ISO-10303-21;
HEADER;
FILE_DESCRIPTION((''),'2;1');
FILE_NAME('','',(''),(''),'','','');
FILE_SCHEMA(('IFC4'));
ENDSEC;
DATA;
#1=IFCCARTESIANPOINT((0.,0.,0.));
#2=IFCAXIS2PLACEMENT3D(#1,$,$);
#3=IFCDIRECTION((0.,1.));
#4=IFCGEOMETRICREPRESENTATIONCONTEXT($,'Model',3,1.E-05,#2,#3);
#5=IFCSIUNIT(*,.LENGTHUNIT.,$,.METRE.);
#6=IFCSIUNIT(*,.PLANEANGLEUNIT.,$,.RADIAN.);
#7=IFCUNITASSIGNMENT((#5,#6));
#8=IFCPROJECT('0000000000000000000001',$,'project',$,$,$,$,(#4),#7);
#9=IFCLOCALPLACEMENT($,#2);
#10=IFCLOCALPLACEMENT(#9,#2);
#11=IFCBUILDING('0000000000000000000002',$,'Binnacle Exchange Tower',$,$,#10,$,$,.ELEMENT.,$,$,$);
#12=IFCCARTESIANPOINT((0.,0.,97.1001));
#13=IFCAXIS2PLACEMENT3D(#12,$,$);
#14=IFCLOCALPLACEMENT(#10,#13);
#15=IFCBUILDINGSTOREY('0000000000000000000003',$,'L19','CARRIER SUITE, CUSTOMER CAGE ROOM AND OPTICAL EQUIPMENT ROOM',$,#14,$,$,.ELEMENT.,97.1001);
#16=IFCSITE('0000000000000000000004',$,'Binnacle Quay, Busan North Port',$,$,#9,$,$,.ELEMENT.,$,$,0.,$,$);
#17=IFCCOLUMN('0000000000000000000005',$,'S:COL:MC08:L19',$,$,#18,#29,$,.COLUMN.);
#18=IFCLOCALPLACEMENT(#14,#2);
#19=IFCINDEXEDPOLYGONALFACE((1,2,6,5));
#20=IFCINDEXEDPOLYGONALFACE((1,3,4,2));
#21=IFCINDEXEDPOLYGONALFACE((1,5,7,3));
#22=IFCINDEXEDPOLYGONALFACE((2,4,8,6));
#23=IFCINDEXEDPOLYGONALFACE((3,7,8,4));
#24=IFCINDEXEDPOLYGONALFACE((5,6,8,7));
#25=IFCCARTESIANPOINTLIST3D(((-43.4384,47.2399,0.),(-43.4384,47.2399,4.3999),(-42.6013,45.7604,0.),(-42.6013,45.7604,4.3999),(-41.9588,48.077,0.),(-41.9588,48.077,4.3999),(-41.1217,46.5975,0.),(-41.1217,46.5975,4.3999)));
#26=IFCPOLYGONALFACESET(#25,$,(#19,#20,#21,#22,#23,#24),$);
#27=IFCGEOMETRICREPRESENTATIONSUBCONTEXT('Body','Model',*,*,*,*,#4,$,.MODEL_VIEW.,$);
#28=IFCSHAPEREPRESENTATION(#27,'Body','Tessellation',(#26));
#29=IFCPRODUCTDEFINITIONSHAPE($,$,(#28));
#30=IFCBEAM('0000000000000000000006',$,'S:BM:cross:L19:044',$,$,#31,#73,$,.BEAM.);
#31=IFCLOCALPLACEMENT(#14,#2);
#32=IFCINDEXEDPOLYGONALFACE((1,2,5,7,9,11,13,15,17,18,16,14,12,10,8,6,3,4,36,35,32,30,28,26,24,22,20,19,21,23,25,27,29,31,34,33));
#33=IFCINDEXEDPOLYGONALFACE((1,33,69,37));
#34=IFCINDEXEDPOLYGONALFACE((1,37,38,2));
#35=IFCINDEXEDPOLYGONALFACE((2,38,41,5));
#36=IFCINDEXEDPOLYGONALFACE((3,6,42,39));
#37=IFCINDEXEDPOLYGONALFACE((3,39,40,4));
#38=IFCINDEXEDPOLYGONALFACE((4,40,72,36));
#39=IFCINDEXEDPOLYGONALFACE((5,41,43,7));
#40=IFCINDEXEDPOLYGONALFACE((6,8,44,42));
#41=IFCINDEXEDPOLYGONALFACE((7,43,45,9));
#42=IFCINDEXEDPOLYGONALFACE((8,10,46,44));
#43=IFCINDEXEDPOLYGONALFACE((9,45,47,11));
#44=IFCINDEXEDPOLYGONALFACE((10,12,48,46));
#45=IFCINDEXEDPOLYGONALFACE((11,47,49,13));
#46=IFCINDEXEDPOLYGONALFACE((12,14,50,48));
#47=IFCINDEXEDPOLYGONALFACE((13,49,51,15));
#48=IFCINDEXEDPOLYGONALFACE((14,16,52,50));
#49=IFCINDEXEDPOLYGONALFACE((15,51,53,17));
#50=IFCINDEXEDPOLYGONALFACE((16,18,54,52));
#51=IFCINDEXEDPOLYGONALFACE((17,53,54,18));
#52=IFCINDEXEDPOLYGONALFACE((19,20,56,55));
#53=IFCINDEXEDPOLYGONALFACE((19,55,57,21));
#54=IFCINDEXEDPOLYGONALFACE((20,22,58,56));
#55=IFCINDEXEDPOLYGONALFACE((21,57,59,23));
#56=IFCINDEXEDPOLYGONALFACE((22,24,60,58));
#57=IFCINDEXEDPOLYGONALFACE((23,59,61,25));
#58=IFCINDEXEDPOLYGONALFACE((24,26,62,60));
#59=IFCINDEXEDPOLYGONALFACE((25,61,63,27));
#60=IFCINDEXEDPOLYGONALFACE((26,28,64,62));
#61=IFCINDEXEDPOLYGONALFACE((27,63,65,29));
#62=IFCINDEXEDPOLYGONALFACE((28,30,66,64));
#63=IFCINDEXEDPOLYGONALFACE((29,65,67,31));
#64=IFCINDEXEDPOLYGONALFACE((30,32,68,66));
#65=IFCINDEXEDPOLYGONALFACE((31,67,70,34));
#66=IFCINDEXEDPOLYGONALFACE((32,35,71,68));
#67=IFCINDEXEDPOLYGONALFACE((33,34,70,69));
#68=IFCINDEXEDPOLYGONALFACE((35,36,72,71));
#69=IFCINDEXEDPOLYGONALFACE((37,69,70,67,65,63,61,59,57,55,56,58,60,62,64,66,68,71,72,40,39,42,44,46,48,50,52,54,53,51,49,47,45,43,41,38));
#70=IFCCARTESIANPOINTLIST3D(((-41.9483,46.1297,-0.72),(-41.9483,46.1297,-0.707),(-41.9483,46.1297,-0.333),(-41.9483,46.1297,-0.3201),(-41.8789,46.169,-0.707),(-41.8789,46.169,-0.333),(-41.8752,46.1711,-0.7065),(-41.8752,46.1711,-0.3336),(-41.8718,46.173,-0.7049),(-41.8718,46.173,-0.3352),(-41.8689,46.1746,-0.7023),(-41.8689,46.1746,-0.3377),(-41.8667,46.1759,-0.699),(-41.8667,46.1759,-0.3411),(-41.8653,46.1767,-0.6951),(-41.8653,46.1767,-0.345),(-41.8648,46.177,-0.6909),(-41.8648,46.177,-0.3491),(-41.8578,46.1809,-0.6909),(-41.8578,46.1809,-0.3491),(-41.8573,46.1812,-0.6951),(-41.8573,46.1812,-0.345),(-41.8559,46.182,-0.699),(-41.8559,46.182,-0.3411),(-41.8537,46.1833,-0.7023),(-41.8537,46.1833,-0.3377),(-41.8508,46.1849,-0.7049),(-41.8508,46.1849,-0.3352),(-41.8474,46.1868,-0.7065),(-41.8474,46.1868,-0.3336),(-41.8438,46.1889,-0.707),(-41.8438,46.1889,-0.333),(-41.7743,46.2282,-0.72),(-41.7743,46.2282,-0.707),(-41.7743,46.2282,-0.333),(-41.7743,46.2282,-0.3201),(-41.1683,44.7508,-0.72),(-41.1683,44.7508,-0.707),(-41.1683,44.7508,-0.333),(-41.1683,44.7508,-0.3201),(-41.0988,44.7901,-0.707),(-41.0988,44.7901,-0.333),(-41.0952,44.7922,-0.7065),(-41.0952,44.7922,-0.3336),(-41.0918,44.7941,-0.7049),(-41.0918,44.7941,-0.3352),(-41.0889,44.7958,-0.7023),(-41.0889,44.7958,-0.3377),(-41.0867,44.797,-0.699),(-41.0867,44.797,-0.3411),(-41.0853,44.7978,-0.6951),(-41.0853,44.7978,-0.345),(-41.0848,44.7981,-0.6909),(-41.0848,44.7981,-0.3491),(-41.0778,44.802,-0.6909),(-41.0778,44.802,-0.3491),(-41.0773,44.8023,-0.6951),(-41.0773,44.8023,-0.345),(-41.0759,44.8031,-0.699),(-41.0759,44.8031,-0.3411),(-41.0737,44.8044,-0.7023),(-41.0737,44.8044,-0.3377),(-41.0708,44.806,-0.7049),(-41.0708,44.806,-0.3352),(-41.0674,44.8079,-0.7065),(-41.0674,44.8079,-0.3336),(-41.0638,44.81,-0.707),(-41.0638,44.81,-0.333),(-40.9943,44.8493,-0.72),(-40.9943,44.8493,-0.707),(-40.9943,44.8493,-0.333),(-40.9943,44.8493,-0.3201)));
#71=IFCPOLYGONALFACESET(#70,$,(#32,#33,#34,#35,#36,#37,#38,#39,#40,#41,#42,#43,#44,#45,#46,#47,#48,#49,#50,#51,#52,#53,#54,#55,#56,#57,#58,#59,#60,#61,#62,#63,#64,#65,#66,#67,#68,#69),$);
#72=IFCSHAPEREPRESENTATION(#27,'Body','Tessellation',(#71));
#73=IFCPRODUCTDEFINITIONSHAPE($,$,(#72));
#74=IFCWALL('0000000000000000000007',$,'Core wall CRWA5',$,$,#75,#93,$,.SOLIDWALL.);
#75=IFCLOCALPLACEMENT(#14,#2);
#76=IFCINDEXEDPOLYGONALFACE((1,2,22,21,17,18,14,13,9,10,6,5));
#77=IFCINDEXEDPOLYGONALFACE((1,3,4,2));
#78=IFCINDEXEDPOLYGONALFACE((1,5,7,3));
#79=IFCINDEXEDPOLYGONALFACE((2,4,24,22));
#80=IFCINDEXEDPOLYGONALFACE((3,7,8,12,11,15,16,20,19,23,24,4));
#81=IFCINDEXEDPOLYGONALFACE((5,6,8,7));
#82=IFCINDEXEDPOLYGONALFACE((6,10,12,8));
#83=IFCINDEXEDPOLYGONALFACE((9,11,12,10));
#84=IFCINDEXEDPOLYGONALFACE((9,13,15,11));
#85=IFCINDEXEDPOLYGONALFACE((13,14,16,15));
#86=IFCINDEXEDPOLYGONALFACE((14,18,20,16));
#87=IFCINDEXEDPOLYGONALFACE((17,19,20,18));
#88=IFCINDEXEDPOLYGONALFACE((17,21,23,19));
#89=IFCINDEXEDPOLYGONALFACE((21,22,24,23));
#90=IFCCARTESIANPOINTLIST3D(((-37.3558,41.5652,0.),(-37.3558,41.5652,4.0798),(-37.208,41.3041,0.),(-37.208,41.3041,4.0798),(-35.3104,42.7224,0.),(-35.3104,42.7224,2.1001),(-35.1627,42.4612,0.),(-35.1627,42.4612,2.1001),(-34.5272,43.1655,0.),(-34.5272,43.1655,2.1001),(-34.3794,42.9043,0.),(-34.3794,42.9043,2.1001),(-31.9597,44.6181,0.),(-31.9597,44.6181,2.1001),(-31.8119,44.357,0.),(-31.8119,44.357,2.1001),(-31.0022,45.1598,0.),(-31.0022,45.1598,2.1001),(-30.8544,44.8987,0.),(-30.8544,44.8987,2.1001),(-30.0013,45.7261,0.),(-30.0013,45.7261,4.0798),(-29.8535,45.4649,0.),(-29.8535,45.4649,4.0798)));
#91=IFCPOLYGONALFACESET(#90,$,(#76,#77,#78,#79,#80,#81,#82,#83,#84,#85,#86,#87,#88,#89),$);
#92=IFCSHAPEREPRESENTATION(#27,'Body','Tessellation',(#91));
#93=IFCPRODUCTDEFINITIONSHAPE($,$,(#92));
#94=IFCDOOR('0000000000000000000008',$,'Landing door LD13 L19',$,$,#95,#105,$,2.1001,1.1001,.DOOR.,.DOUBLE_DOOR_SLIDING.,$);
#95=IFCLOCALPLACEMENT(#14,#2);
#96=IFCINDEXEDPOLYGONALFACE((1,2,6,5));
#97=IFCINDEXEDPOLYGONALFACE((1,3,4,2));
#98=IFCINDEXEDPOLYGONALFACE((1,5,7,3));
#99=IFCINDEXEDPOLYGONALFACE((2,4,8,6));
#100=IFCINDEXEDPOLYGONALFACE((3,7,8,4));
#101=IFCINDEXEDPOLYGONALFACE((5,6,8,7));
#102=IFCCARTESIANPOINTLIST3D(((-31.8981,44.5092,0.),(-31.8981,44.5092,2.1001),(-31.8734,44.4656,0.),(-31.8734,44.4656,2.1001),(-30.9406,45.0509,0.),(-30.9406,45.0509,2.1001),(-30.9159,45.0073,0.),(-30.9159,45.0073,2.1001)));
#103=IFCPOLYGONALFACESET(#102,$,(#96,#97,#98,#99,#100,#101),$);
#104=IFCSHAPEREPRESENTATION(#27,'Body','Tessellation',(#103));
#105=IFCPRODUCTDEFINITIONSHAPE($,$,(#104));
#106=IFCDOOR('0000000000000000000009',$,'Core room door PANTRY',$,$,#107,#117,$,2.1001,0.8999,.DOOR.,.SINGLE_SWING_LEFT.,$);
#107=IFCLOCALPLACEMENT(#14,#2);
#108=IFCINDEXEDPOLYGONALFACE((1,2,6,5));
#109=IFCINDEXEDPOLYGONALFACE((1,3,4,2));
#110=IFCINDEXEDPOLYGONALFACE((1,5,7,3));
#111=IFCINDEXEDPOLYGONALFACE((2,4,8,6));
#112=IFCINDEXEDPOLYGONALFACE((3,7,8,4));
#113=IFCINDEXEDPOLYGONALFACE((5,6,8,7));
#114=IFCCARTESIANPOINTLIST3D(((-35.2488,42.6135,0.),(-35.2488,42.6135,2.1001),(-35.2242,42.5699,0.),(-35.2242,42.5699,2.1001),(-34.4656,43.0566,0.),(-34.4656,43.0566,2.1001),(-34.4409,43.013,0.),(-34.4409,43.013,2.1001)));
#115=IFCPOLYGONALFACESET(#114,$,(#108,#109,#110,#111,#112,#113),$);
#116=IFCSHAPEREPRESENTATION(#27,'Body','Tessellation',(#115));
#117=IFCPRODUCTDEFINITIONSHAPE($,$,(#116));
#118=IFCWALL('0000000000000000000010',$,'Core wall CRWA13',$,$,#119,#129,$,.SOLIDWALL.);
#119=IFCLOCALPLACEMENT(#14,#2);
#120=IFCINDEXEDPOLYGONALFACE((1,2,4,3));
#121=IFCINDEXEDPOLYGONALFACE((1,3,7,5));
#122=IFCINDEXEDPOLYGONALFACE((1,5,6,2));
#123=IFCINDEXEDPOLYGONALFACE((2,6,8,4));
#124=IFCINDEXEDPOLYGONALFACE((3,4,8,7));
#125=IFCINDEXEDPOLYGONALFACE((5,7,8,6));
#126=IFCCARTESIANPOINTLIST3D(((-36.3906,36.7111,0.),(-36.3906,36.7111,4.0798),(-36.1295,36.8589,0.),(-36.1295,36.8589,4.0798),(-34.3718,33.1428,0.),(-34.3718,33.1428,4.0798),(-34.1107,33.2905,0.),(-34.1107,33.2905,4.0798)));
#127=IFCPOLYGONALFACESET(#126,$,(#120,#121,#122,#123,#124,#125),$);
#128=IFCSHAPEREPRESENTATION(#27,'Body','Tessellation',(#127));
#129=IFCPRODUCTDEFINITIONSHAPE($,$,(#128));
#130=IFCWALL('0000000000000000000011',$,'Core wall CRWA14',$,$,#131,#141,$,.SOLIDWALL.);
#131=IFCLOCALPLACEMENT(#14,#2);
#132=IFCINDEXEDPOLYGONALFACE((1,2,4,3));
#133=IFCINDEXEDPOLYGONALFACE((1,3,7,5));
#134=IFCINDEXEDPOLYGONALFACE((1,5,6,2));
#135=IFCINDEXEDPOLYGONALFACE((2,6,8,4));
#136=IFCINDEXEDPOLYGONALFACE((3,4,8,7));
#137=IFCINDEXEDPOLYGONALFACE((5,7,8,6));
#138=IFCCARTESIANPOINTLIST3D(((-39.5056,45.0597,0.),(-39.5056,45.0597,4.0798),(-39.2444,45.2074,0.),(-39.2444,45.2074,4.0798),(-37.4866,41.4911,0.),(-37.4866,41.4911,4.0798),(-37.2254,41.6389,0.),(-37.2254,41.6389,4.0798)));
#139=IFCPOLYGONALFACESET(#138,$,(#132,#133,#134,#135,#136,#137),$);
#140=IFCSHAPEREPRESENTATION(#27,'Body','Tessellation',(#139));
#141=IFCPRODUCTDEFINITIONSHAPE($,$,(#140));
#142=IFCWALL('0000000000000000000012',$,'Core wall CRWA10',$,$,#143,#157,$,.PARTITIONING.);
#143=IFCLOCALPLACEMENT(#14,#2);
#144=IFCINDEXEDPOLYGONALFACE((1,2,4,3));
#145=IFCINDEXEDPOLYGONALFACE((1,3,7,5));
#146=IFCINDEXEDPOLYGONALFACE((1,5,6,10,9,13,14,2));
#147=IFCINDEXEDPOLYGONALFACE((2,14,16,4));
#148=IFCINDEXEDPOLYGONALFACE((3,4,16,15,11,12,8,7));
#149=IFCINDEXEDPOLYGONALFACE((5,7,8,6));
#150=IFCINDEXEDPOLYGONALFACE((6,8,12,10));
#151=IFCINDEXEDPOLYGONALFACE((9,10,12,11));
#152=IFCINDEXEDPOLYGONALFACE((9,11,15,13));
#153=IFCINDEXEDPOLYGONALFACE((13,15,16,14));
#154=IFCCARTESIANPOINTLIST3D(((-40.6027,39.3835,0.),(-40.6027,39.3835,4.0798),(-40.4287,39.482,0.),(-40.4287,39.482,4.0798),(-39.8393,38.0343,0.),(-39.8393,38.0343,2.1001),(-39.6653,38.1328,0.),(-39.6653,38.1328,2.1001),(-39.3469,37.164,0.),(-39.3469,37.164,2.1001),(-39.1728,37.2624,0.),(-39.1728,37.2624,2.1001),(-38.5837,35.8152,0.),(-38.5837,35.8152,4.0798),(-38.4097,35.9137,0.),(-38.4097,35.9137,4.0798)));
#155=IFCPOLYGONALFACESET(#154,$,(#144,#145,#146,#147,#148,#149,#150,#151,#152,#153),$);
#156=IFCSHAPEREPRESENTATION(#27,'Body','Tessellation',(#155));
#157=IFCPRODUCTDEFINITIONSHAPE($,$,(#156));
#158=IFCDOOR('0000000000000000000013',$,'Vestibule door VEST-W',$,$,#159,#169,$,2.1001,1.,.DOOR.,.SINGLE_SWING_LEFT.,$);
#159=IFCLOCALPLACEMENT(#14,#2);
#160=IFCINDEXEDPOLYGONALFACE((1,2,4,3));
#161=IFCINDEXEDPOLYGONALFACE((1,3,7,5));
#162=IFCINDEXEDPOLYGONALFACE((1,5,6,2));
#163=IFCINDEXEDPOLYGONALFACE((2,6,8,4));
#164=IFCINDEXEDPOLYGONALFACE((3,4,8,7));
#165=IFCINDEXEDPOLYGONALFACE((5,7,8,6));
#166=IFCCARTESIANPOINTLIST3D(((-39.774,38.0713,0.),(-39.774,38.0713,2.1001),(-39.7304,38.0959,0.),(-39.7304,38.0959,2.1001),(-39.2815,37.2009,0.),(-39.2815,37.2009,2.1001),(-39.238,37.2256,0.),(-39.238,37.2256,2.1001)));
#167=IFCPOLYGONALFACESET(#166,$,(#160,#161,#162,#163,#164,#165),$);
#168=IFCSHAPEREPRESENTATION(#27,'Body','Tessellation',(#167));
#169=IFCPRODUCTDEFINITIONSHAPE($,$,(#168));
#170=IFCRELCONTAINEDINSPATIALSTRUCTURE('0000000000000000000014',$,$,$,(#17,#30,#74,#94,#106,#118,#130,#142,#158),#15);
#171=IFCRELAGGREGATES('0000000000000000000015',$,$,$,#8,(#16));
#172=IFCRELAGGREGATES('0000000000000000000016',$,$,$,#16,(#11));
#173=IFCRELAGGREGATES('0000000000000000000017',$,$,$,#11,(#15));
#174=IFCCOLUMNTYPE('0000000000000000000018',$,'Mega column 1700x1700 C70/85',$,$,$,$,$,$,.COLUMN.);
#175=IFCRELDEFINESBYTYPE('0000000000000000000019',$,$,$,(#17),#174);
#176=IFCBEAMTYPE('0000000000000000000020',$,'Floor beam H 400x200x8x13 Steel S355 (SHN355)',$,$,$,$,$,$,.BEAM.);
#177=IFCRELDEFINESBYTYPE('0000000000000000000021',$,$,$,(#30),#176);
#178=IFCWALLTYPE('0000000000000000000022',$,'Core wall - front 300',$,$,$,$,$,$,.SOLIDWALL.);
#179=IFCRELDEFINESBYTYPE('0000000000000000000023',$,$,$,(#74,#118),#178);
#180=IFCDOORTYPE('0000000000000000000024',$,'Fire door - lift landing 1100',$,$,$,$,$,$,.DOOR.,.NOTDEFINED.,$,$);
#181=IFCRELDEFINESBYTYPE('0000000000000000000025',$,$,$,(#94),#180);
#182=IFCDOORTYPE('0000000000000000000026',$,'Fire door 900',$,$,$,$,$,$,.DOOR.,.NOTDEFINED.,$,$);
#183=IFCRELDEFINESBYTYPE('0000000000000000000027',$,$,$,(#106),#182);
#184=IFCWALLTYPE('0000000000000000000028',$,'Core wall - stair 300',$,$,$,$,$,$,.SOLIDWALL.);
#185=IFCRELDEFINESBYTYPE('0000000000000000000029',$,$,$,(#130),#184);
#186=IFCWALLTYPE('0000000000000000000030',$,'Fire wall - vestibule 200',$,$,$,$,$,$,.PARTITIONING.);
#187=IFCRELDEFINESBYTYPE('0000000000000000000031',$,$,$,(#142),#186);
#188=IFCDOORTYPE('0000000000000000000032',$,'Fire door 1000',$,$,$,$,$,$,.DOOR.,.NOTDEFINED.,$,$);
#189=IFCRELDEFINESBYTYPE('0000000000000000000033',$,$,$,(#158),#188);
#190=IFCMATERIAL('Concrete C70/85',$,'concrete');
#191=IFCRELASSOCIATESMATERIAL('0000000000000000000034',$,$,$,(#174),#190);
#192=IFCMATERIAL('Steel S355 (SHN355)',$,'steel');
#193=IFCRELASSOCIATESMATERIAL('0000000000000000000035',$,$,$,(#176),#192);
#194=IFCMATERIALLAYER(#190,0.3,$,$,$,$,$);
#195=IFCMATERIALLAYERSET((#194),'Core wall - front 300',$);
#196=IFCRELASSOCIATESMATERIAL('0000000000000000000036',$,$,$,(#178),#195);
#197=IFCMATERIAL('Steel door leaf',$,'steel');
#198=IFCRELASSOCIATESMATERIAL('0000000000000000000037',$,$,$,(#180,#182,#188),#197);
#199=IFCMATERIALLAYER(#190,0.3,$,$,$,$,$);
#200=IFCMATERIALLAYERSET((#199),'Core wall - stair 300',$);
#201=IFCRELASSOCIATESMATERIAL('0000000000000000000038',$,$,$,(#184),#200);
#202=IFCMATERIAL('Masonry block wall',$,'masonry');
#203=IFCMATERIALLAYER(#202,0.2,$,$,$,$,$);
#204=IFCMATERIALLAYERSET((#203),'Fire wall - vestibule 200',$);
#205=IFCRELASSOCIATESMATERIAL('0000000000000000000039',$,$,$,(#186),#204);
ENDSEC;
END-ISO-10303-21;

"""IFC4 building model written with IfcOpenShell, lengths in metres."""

from ifc_helpers import new_model, si_unit, direction, frame, frame_2d, origin, origin_2d, place, context, subcontext, project, spatial, rectangle, i_section, extrude, material, layer, layer_set, material_profile, profile_set, type_object, element, fill, save


model = new_model("IFC4")

# Units and contexts
model_context = context("Model", 3, precision=1e-05, world=origin(), true_north=direction((0.0, 1.0)))
body_context = subcontext(model_context, "Body", "Model", "MODEL_VIEW")
ifc_project = project(units=[si_unit("LENGTHUNIT", "METRE"), si_unit("PLANEANGLEUNIT", "RADIAN")], contexts=[model_context])

# Site, building, storey
site_placement = place(None, origin())
site = spatial("IfcSite", under=ifc_project, at=site_placement, Name="Binnacle Quay, Busan North Port", CompositionType="ELEMENT", RefElevation=0.0)
building_placement = place(site_placement, origin())
building = spatial("IfcBuilding", under=site, at=building_placement, Name="Binnacle Exchange Tower", CompositionType="ELEMENT")
storey_placement = place(building_placement, frame((0.0, 0.0, 97.1001)))
storey = spatial("IfcBuildingStorey", under=building, at=storey_placement, Name="L19", Description="CARRIER SUITE, CUSTOMER CAGE ROOM AND OPTICAL EQUIPMENT ROOM", CompositionType="ELEMENT", Elevation=97.1001)

# Column
ifc_material_1 = material(Name="Concrete C70/85", Category="concrete")
ifc_material_profile_1 = material_profile(ifc_material_1, rectangle(XDim=1.7, YDim=1.7, at=origin_2d()), Name="Mega column 1700x1700 C70/85")
ifc_profile_set_1 = profile_set([ifc_material_profile_1], Name="Concrete C70/85")
column_type = type_object("IfcColumnType", Name="Mega column 1700x1700 C70/85", PredefinedType="COLUMN", material=ifc_profile_set_1)
column_placement = place(storey_placement, frame((-42.28, 46.9187, 0.0), z_axis=(0.0, 0.0, 1.0), x_axis=(-0.870356, -0.492424, 0.0)))
element("IfcColumn", 1, at=column_placement, inside=storey, type_object=column_type, Name="S:COL:MC08:L19", PredefinedType="COLUMN", context=body_context, shape_type="SweptSolid", body=[
    extrude(rectangle(XDim=1.7, YDim=1.7, at=origin_2d()), origin(), (0.0, 0.0, 1.0), 4.3999),
])

# Beam
ifc_material_2 = material(Name="Steel S355 (SHN355)", Category="steel")
ifc_material_profile_2 = material_profile(ifc_material_2, i_section(OverallWidth=0.2, OverallDepth=0.3999, WebThickness=0.0081, FlangeThickness=0.0129, FilletRadius=0.0161, at=origin_2d()), Name="H 400x200x8x13")
ifc_profile_set_2 = profile_set([ifc_material_profile_2], Name="Steel S355 (SHN355)")
beam_type = type_object("IfcBeamType", Name="Floor beam H 400x200x8x13 Steel S355 (SHN355)", PredefinedType="BEAM", material=ifc_profile_set_2)
beam_placement = place(storey_placement, frame((-41.8613, 46.179, -0.52), z_axis=(0.492367, -0.870388, 0.0), x_axis=(0.870388, 0.492367, 0.0)))
element("IfcBeam", 2, at=beam_placement, inside=storey, type_object=beam_type, Name="S:BM:cross:L19:044", PredefinedType="BEAM", context=body_context, shape_type="SweptSolid", body=[
    extrude(i_section(OverallWidth=0.2, OverallDepth=0.3999, WebThickness=0.0081, FlangeThickness=0.0129, FilletRadius=0.0161, at=origin_2d()), origin(), (0.0, 0.0, 1.0), 1.5842),
])

# Wall, openings, doors
ifc_layer_1 = layer(ifc_material_1, 0.3)
ifc_layer_set_1 = layer_set([ifc_layer_1], Name="Core wall - front 300")
wall_type_1 = type_object("IfcWallType", Name="Core wall - front 300", PredefinedType="SOLIDWALL", material=ifc_layer_set_1)
wall_1_placement = place(storey_placement, frame((-37.282, 41.4346, 0.0), z_axis=(0.0, 0.0, 1.0), x_axis=(0.87036, 0.492416, 0.0)))
wall_1 = element("IfcWall", 3, at=wall_1_placement, inside=storey, type_object=wall_type_1, Name="Core wall CRWA5", PredefinedType="SOLIDWALL", context=body_context, shape_type="SweptSolid", body=[
    extrude(rectangle(XDim=8.45, YDim=0.3, at=frame_2d((4.2251, 0.0))), origin(), (0.0, 0.0, 1.0), 4.0798),
])
opening_1_placement = place(wall_1_placement, frame((6.2, 0.0, 0.0)))
opening_1 = element("IfcOpeningElement", 4, at=opening_1_placement, cuts=wall_1, PredefinedType="OPENING", context=body_context, shape_type="SweptSolid", body=[
    extrude(rectangle(XDim=1.1001, YDim=2.1001, at=frame_2d((0.55, 1.05))), frame((0.0, 0.1599, 0.0), z_axis=(0.0, -1.0, 0.0), x_axis=(1.0, 0.0, 0.0)), (0.0, 0.0, 1.0), 0.3201),
])
opening_2_placement = place(wall_1_placement, frame((2.3501, 0.0, 0.0)))
opening_2 = element("IfcOpeningElement", 5, at=opening_2_placement, cuts=wall_1, PredefinedType="OPENING", context=body_context, shape_type="SweptSolid", body=[
    extrude(rectangle(XDim=0.8999, YDim=2.1001, at=frame_2d((0.45, 1.05))), frame((0.0, 0.1599, 0.0), z_axis=(0.0, -1.0, 0.0), x_axis=(1.0, 0.0, 0.0)), (0.0, 0.0, 1.0), 0.3201),
])
ifc_material_3 = material(Name="Steel door leaf", Category="steel")
door_type_1 = type_object("IfcDoorType", Name="Fire door - lift landing 1100", OperationType="NOTDEFINED", PredefinedType="DOOR", material=ifc_material_3)
door_1_placement = place(opening_1_placement, origin())
door_1 = element("IfcDoor", 6, at=door_1_placement, inside=storey, type_object=door_type_1, Name="Landing door LD13 L19", OperationType="DOUBLE_DOOR_SLIDING", OverallHeight=2.1001, OverallWidth=1.1001, PredefinedType="DOOR", context=body_context, shape_type="SweptSolid", body=[
    extrude(rectangle(XDim=1.1001, YDim=2.1001, at=frame_2d((0.55, 1.05))), frame((0.0, 0.0249, 0.0), z_axis=(0.0, -1.0, 0.0), x_axis=(1.0, 0.0, 0.0)), (0.0, 0.0, 1.0), 0.05),
])
fill(opening_1, door_1)
door_type_2 = type_object("IfcDoorType", Name="Fire door 900", OperationType="NOTDEFINED", PredefinedType="DOOR", material=ifc_material_3)
door_2_placement = place(opening_2_placement, origin())
door_2 = element("IfcDoor", 7, at=door_2_placement, inside=storey, type_object=door_type_2, Name="Core room door PANTRY", OperationType="SINGLE_SWING_LEFT", OverallHeight=2.1001, OverallWidth=0.8999, PredefinedType="DOOR", context=body_context, shape_type="SweptSolid", body=[
    extrude(rectangle(XDim=0.8999, YDim=2.1001, at=frame_2d((0.45, 1.05))), frame((0.0, 0.0249, 0.0), z_axis=(0.0, -1.0, 0.0), x_axis=(1.0, 0.0, 0.0)), (0.0, 0.0, 1.0), 0.05),
])
fill(opening_2, door_2)

# Walls
wall_2_placement = place(storey_placement, frame((-36.26, 36.7849, 0.0), z_axis=(0.0, 0.0, 1.0), x_axis=(0.492408, -0.870364, 0.0)))
element("IfcWall", 8, at=wall_2_placement, inside=storey, type_object=wall_type_1, Name="Core wall CRWA13", PredefinedType="SOLIDWALL", context=body_context, shape_type="SweptSolid", body=[
    extrude(rectangle(XDim=4.0999, YDim=0.3, at=frame_2d((2.0498, 0.0))), origin(), (0.0, 0.0, 1.0), 4.0798),
])
ifc_layer_2 = layer(ifc_material_1, 0.3)
ifc_layer_set_2 = layer_set([ifc_layer_2], Name="Core wall - stair 300")
wall_type_2 = type_object("IfcWallType", Name="Core wall - stair 300", PredefinedType="SOLIDWALL", material=ifc_layer_set_2)
wall_3_placement = place(storey_placement, frame((-39.375, 45.1335, 0.0), z_axis=(0.0, 0.0, 1.0), x_axis=(0.492428, -0.870353, 0.0)))
element("IfcWall", 9, at=wall_3_placement, inside=storey, type_object=wall_type_2, Name="Core wall CRWA14", PredefinedType="SOLIDWALL", context=body_context, shape_type="SweptSolid", body=[
    extrude(rectangle(XDim=4.1001, YDim=0.3, at=frame_2d((2.05, 0.0))), origin(), (0.0, 0.0, 1.0), 4.0798),
])

# Wall, opening, door
ifc_material_4 = material(Name="Masonry block wall", Category="masonry")
ifc_layer_3 = layer(ifc_material_4, 0.2)
ifc_layer_set_3 = layer_set([ifc_layer_3], Name="Fire wall - vestibule 200")
wall_type_3 = type_object("IfcWallType", Name="Fire wall - vestibule 200", PredefinedType="PARTITIONING", material=ifc_layer_set_3)
wall_4_placement = place(storey_placement, frame((-40.5156, 39.4326, 0.0), z_axis=(0.0, 0.0, 1.0), x_axis=(0.492454, -0.870339, 0.0)))
wall_4 = element("IfcWall", 10, at=wall_4_placement, inside=storey, type_object=wall_type_3, Name="Core wall CRWA10", PredefinedType="PARTITIONING", context=body_context, shape_type="SweptSolid", body=[
    extrude(rectangle(XDim=4.0999, YDim=0.2, at=frame_2d((2.0498, 0.0))), origin(), (0.0, 0.0, 1.0), 4.0798),
])
opening_3_placement = place(wall_4_placement, frame((1.55, 0.0, 0.0)))
opening_3 = element("IfcOpeningElement", 11, at=opening_3_placement, cuts=wall_4, PredefinedType="OPENING", context=body_context, shape_type="SweptSolid", body=[
    extrude(rectangle(XDim=1.0, YDim=2.1001, at=frame_2d((0.5, 1.05))), frame((0.0, 0.1099, 0.0), z_axis=(0.0, -1.0, 0.0), x_axis=(1.0, 0.0, 0.0)), (0.0, 0.0, 1.0), 0.22),
])
door_type_3 = type_object("IfcDoorType", Name="Fire door 1000", OperationType="NOTDEFINED", PredefinedType="DOOR", material=ifc_material_3)
door_3_placement = place(opening_3_placement, frame((1.0, 0.0, 0.0), z_axis=(0.0, 0.0, 1.0), x_axis=(-1.0, 0.0, 0.0)))
door_3 = element("IfcDoor", 12, at=door_3_placement, inside=storey, type_object=door_type_3, Name="Vestibule door VEST-W", OperationType="SINGLE_SWING_LEFT", OverallHeight=2.1001, OverallWidth=1.0, PredefinedType="DOOR", context=body_context, shape_type="SweptSolid", body=[
    extrude(rectangle(XDim=1.0, YDim=2.1001, at=frame_2d((0.5, 1.05))), frame((0.0, 0.0249, 0.0), z_axis=(0.0, -1.0, 0.0), x_axis=(1.0, 0.0, 0.0)), (0.0, 0.0, 1.0), 0.05),
])
fill(opening_3, door_3)

save(model, "model.ifc")
